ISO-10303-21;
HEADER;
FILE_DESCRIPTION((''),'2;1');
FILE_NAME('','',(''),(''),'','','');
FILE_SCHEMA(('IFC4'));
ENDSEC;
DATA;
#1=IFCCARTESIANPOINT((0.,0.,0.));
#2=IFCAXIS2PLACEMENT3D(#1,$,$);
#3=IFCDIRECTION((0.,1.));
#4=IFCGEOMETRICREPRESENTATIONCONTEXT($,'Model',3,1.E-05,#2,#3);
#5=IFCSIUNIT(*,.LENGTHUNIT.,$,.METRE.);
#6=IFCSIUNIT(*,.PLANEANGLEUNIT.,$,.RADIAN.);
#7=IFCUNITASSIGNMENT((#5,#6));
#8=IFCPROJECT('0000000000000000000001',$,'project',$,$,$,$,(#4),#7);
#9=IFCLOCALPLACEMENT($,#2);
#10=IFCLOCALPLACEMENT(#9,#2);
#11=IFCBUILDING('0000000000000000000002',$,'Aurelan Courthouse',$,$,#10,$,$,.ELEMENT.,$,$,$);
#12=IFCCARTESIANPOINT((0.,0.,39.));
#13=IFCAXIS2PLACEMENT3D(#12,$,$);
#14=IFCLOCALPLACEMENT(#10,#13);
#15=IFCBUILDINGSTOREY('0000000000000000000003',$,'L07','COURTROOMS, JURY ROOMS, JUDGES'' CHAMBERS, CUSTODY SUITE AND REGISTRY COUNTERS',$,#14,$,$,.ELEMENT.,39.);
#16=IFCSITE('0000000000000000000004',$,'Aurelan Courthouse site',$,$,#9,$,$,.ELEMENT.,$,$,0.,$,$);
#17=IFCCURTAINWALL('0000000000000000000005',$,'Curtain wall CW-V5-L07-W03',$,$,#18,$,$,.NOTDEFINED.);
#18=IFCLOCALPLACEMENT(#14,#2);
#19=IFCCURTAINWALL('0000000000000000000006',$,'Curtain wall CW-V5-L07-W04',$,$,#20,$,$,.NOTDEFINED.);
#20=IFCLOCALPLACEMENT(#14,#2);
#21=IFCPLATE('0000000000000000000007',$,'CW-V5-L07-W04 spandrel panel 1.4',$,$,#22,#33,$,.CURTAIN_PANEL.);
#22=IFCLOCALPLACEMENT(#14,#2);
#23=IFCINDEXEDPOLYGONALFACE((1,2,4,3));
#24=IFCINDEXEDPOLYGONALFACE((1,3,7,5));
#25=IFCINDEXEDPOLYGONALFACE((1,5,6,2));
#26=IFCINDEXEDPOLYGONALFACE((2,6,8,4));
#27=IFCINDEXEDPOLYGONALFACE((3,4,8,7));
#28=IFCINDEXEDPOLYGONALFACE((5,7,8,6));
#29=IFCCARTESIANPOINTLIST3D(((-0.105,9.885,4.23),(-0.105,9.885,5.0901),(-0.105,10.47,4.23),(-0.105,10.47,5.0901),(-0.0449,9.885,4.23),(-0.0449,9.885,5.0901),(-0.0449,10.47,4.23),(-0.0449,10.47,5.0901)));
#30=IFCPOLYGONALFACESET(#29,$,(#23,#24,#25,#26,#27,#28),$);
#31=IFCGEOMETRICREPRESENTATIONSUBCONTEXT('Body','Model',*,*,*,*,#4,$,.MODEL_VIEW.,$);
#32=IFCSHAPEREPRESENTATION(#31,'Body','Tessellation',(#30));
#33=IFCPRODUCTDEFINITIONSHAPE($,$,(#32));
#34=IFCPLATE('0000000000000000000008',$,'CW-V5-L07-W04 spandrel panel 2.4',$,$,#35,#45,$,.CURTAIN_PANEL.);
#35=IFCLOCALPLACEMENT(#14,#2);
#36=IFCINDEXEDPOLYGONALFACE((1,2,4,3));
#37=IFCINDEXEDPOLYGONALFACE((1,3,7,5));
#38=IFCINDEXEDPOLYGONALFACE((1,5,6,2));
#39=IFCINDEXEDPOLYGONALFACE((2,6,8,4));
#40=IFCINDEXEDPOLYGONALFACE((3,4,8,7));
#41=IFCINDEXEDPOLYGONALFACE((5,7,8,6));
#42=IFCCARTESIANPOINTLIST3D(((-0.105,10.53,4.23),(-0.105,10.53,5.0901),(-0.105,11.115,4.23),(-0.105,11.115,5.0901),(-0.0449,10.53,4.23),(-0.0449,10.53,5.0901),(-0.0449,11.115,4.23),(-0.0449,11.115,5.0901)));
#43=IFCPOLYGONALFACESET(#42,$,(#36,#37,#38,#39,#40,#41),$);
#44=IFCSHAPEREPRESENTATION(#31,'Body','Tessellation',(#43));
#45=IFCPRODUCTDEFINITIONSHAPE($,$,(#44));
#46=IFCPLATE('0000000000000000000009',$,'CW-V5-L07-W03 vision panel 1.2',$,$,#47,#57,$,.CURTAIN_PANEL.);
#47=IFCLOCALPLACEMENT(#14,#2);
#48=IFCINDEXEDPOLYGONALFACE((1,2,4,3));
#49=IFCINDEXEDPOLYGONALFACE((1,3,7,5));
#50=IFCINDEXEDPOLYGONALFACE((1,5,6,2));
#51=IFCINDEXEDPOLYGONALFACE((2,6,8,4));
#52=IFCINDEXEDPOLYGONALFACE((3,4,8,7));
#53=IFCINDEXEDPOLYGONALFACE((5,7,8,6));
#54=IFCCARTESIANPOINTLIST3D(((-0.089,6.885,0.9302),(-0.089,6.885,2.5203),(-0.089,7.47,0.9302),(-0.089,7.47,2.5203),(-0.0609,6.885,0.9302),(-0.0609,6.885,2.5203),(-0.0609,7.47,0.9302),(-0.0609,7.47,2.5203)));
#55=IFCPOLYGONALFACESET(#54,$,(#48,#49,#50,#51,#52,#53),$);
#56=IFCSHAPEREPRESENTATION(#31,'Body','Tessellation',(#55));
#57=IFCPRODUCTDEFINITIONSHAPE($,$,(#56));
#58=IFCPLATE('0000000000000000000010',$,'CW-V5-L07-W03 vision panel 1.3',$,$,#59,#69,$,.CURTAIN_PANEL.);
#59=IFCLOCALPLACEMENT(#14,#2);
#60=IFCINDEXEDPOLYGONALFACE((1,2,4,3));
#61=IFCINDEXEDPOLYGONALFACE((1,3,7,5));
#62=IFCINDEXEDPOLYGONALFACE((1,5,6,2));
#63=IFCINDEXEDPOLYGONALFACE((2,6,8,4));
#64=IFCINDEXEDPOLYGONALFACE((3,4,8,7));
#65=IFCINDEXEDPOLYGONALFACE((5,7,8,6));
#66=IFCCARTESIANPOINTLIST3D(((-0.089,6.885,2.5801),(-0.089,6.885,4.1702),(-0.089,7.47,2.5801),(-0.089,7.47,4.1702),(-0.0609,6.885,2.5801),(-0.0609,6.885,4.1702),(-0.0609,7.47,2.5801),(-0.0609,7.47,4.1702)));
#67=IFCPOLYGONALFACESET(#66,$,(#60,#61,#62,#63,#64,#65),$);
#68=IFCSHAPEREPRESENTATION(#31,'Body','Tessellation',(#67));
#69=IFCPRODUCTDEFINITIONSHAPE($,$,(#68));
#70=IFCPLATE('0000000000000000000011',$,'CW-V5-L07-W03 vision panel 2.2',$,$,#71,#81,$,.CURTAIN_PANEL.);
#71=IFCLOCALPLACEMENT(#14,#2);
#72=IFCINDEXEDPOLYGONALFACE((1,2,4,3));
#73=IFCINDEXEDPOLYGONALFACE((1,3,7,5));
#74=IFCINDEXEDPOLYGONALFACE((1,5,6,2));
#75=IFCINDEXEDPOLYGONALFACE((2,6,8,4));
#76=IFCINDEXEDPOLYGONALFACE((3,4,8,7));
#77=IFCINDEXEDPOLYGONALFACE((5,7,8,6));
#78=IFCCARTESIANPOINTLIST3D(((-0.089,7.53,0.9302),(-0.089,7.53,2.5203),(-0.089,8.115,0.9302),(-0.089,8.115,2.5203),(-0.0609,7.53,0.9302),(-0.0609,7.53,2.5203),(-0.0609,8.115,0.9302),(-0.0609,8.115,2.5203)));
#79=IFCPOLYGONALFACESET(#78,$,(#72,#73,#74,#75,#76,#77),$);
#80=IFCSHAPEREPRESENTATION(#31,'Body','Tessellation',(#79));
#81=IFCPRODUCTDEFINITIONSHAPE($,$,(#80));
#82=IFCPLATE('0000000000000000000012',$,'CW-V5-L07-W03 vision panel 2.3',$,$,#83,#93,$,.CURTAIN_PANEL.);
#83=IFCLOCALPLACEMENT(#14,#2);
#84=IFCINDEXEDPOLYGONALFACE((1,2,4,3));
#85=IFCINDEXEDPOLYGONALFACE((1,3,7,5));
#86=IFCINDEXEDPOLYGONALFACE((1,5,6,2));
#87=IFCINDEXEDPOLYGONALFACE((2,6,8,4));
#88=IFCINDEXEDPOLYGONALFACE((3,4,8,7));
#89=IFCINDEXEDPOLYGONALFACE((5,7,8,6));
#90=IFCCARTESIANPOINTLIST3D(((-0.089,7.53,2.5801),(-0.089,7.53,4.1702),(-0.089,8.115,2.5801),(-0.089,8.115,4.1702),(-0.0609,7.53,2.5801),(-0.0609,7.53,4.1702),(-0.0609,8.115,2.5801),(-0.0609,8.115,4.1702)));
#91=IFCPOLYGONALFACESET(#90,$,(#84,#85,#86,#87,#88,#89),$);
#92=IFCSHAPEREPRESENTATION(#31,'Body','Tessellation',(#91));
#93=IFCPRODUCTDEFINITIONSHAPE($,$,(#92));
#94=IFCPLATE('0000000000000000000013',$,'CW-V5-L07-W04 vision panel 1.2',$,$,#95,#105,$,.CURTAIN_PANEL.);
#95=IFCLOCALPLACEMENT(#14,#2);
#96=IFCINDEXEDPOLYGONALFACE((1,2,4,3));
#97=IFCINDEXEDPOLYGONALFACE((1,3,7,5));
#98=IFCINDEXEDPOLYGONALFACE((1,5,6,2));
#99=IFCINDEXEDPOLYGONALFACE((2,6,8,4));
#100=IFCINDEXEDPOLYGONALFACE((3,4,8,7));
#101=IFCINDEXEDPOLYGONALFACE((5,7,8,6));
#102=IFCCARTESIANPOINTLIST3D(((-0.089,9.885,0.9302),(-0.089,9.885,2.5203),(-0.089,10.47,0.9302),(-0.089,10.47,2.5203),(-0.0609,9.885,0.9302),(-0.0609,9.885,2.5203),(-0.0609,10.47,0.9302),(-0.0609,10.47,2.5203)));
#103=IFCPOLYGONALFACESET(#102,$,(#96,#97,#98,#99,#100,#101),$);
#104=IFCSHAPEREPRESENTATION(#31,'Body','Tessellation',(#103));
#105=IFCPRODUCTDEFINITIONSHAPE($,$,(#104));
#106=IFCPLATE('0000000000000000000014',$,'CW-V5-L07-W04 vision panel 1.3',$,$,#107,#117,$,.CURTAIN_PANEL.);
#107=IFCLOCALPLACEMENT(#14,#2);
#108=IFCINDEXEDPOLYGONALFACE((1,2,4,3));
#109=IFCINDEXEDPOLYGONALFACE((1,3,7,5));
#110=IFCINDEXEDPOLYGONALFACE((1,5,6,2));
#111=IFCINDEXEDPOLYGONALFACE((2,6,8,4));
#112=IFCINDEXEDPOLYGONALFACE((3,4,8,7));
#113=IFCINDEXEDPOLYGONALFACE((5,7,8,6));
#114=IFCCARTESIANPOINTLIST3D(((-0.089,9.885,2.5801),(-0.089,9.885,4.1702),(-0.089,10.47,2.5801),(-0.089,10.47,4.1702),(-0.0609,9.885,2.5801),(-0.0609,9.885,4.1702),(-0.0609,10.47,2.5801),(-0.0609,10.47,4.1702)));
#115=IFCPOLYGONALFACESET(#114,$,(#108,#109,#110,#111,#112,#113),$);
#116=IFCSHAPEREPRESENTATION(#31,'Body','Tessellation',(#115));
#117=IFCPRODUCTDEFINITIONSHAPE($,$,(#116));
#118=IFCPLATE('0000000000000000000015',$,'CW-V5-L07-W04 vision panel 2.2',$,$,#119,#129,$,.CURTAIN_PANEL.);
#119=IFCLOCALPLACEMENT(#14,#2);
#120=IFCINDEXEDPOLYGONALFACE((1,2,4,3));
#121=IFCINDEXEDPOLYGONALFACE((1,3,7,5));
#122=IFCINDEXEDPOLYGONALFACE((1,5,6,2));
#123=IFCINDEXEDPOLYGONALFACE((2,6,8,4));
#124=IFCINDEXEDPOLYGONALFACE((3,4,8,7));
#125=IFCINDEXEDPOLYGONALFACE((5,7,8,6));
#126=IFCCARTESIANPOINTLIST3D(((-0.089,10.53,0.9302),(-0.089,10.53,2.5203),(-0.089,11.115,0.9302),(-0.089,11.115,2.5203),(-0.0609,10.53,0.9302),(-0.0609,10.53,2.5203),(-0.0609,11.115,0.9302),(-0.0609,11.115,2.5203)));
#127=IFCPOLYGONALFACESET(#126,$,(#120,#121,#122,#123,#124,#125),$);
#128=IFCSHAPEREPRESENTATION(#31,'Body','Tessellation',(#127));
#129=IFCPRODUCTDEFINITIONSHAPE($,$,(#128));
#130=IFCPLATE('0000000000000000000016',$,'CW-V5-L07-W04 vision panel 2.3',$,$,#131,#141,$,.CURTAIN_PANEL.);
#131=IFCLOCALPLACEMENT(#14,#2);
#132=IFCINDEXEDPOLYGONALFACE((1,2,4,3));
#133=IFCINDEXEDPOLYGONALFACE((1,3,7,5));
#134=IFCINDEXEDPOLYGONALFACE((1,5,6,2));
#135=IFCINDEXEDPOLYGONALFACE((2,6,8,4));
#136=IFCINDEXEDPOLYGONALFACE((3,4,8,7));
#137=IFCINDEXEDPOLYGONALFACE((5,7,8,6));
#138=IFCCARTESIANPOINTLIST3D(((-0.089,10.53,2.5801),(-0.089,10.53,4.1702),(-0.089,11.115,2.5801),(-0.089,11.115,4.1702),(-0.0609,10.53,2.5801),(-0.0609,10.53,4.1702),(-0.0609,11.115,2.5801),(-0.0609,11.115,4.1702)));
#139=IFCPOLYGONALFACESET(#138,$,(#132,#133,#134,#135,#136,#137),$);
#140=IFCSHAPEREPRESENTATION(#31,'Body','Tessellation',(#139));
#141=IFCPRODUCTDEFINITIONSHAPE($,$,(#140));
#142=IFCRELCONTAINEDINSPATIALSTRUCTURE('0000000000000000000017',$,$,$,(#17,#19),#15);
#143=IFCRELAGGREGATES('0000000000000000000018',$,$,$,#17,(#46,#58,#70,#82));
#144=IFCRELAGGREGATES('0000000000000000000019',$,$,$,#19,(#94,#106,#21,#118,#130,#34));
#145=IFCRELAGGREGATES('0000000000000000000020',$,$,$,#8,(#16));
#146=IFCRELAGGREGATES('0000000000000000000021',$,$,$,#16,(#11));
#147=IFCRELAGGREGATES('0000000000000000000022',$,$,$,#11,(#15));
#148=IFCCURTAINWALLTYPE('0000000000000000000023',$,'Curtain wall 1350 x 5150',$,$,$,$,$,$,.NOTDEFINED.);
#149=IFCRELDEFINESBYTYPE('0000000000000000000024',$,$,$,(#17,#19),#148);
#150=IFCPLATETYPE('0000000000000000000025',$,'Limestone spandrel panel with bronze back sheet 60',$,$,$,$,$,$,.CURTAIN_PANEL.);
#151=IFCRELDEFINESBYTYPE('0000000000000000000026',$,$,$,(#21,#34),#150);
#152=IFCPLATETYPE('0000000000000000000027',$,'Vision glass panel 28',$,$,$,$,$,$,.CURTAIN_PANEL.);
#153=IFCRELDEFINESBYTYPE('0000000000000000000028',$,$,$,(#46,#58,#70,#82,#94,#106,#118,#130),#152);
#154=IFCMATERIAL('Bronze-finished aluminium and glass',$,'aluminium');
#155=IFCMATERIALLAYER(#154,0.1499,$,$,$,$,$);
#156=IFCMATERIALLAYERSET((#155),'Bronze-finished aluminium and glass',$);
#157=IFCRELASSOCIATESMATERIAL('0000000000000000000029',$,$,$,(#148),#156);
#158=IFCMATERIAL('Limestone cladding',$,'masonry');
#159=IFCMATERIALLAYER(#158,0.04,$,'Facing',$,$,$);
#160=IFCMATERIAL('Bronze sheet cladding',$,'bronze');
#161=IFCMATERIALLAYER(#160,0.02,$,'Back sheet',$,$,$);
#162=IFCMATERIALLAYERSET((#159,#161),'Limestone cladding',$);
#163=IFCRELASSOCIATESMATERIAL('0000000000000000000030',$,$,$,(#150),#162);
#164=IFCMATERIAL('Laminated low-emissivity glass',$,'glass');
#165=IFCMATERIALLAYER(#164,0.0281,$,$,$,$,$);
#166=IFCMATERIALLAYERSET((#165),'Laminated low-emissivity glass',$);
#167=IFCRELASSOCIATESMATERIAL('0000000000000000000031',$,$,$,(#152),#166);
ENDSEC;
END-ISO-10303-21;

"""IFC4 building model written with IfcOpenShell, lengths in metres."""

from ifc_helpers import new_model, si_unit, direction, frame, origin, origin_2d, place, context, subcontext, project, spatial, rectangle, extrude, material, layer, layer_set, type_object, element, aggregate, save


model = new_model("IFC4")

# Units and contexts
model_context = context("Model", 3, precision=1e-05, world=origin(), true_north=direction((0.0, 1.0)))
body_context = subcontext(model_context, "Body", "Model", "MODEL_VIEW")
ifc_project = project(units=[si_unit("LENGTHUNIT", "METRE"), si_unit("PLANEANGLEUNIT", "RADIAN")], contexts=[model_context])

# Site, building, storey
site_placement = place(None, origin())
site = spatial("IfcSite", under=ifc_project, at=site_placement, Name="Aurelan Courthouse site", CompositionType="ELEMENT", RefElevation=0.0)
building_placement = place(site_placement, origin())
building = spatial("IfcBuilding", under=site, at=building_placement, Name="Aurelan Courthouse", CompositionType="ELEMENT")
storey_placement = place(building_placement, frame((0.0, 0.0, 39.0)))
storey = spatial("IfcBuildingStorey", under=building, at=storey_placement, Name="L07", Description="COURTROOMS, JURY ROOMS, JUDGES' CHAMBERS, CUSTODY SUITE AND REGISTRY COUNTERS", CompositionType="ELEMENT", Elevation=39.0)

# Curtain walls
ifc_material_1 = material(Name="Bronze-finished aluminium and glass", Category="aluminium")
ifc_layer_1 = layer(ifc_material_1, 0.1499)
ifc_layer_set_1 = layer_set([ifc_layer_1], Name="Bronze-finished aluminium and glass")
curtain_wall_type = type_object("IfcCurtainWallType", Name="Curtain wall 1350 x 5150", PredefinedType="NOTDEFINED", material=ifc_layer_set_1)
curtain_wall_1_placement = place(storey_placement, origin())
curtain_wall_1 = element("IfcCurtainWall", 1, at=curtain_wall_1_placement, inside=storey, type_object=curtain_wall_type, Name="Curtain wall CW-V5-L07-W03", PredefinedType="NOTDEFINED")
curtain_wall_2_placement = place(storey_placement, origin())
curtain_wall_2 = element("IfcCurtainWall", 2, at=curtain_wall_2_placement, inside=storey, type_object=curtain_wall_type, Name="Curtain wall CW-V5-L07-W04", PredefinedType="NOTDEFINED")

# Plates
ifc_material_2 = material(Name="Limestone cladding", Category="masonry")
ifc_layer_2 = layer(ifc_material_2, 0.04, Name="Facing")
ifc_material_3 = material(Name="Bronze sheet cladding", Category="bronze")
ifc_layer_3 = layer(ifc_material_3, 0.02, Name="Back sheet")
ifc_layer_set_2 = layer_set([ifc_layer_2, ifc_layer_3], Name="Limestone cladding")
plate_type_1 = type_object("IfcPlateType", Name="Limestone spandrel panel with bronze back sheet 60", PredefinedType="CURTAIN_PANEL", material=ifc_layer_set_2)
plate_1_placement = place(storey_placement, frame((-0.075, 10.1775, 4.23), z_axis=(0.0, 0.0, 1.0), x_axis=(0.0, 1.0, 0.0)))
plate_1 = element("IfcPlate", 3, at=plate_1_placement, type_object=plate_type_1, Name="CW-V5-L07-W04 spandrel panel 1.4", PredefinedType="CURTAIN_PANEL", context=body_context, shape_type="SweptSolid", body=[
    extrude(rectangle(XDim=0.585, YDim=0.0601, at=origin_2d()), origin(), (0.0, 0.0, 1.0), 0.8601),
])
plate_2_placement = place(storey_placement, frame((-0.075, 10.8225, 4.23), z_axis=(0.0, 0.0, 1.0), x_axis=(0.0, 1.0, 0.0)))
plate_2 = element("IfcPlate", 4, at=plate_2_placement, type_object=plate_type_1, Name="CW-V5-L07-W04 spandrel panel 2.4", PredefinedType="CURTAIN_PANEL", context=body_context, shape_type="SweptSolid", body=[
    extrude(rectangle(XDim=0.585, YDim=0.0601, at=origin_2d()), origin(), (0.0, 0.0, 1.0), 0.8601),
])
ifc_material_4 = material(Name="Laminated low-emissivity glass", Category="glass")
ifc_layer_4 = layer(ifc_material_4, 0.0281)
ifc_layer_set_3 = layer_set([ifc_layer_4], Name="Laminated low-emissivity glass")
plate_type_2 = type_object("IfcPlateType", Name="Vision glass panel 28", PredefinedType="CURTAIN_PANEL", material=ifc_layer_set_3)
plate_3_placement = place(storey_placement, frame((-0.075, 7.1775, 0.9302), z_axis=(0.0, 0.0, 1.0), x_axis=(0.0, 1.0, 0.0)))
plate_3 = element("IfcPlate", 5, at=plate_3_placement, type_object=plate_type_2, Name="CW-V5-L07-W03 vision panel 1.2", PredefinedType="CURTAIN_PANEL", context=body_context, shape_type="SweptSolid", body=[
    extrude(rectangle(XDim=0.585, YDim=0.0281, at=origin_2d()), origin(), (0.0, 0.0, 1.0), 1.5901),
])
plate_4_placement = place(storey_placement, frame((-0.075, 7.1775, 2.5801), z_axis=(0.0, 0.0, 1.0), x_axis=(0.0, 1.0, 0.0)))
plate_4 = element("IfcPlate", 6, at=plate_4_placement, type_object=plate_type_2, Name="CW-V5-L07-W03 vision panel 1.3", PredefinedType="CURTAIN_PANEL", context=body_context, shape_type="SweptSolid", body=[
    extrude(rectangle(XDim=0.585, YDim=0.0281, at=origin_2d()), origin(), (0.0, 0.0, 1.0), 1.5901),
])
plate_5_placement = place(storey_placement, frame((-0.075, 7.8225, 0.9302), z_axis=(0.0, 0.0, 1.0), x_axis=(0.0, 1.0, 0.0)))
plate_5 = element("IfcPlate", 7, at=plate_5_placement, type_object=plate_type_2, Name="CW-V5-L07-W03 vision panel 2.2", PredefinedType="CURTAIN_PANEL", context=body_context, shape_type="SweptSolid", body=[
    extrude(rectangle(XDim=0.585, YDim=0.0281, at=origin_2d()), origin(), (0.0, 0.0, 1.0), 1.5901),
])
plate_6_placement = place(storey_placement, frame((-0.075, 7.8225, 2.5801), z_axis=(0.0, 0.0, 1.0), x_axis=(0.0, 1.0, 0.0)))
plate_6 = element("IfcPlate", 8, at=plate_6_placement, type_object=plate_type_2, Name="CW-V5-L07-W03 vision panel 2.3", PredefinedType="CURTAIN_PANEL", context=body_context, shape_type="SweptSolid", body=[
    extrude(rectangle(XDim=0.585, YDim=0.0281, at=origin_2d()), origin(), (0.0, 0.0, 1.0), 1.5901),
])
aggregate(curtain_wall_1, [plate_3, plate_4, plate_5, plate_6])
plate_7_placement = place(storey_placement, frame((-0.075, 10.1775, 0.9302), z_axis=(0.0, 0.0, 1.0), x_axis=(0.0, 1.0, 0.0)))
plate_7 = element("IfcPlate", 9, at=plate_7_placement, type_object=plate_type_2, Name="CW-V5-L07-W04 vision panel 1.2", PredefinedType="CURTAIN_PANEL", context=body_context, shape_type="SweptSolid", body=[
    extrude(rectangle(XDim=0.585, YDim=0.0281, at=origin_2d()), origin(), (0.0, 0.0, 1.0), 1.5901),
])
plate_8_placement = place(storey_placement, frame((-0.075, 10.1775, 2.5801), z_axis=(0.0, 0.0, 1.0), x_axis=(0.0, 1.0, 0.0)))
plate_8 = element("IfcPlate", 10, at=plate_8_placement, type_object=plate_type_2, Name="CW-V5-L07-W04 vision panel 1.3", PredefinedType="CURTAIN_PANEL", context=body_context, shape_type="SweptSolid", body=[
    extrude(rectangle(XDim=0.585, YDim=0.0281, at=origin_2d()), origin(), (0.0, 0.0, 1.0), 1.5901),
])
plate_9_placement = place(storey_placement, frame((-0.075, 10.8225, 0.9302), z_axis=(0.0, 0.0, 1.0), x_axis=(0.0, 1.0, 0.0)))
plate_9 = element("IfcPlate", 11, at=plate_9_placement, type_object=plate_type_2, Name="CW-V5-L07-W04 vision panel 2.2", PredefinedType="CURTAIN_PANEL", context=body_context, shape_type="SweptSolid", body=[
    extrude(rectangle(XDim=0.585, YDim=0.0281, at=origin_2d()), origin(), (0.0, 0.0, 1.0), 1.5901),
])
plate_10_placement = place(storey_placement, frame((-0.075, 10.8225, 2.5801), z_axis=(0.0, 0.0, 1.0), x_axis=(0.0, 1.0, 0.0)))
plate_10 = element("IfcPlate", 12, at=plate_10_placement, type_object=plate_type_2, Name="CW-V5-L07-W04 vision panel 2.3", PredefinedType="CURTAIN_PANEL", context=body_context, shape_type="SweptSolid", body=[
    extrude(rectangle(XDim=0.585, YDim=0.0281, at=origin_2d()), origin(), (0.0, 0.0, 1.0), 1.5901),
])
aggregate(curtain_wall_2, [plate_7, plate_8, plate_1, plate_9, plate_10, plate_2])

save(model, "model.ifc")
